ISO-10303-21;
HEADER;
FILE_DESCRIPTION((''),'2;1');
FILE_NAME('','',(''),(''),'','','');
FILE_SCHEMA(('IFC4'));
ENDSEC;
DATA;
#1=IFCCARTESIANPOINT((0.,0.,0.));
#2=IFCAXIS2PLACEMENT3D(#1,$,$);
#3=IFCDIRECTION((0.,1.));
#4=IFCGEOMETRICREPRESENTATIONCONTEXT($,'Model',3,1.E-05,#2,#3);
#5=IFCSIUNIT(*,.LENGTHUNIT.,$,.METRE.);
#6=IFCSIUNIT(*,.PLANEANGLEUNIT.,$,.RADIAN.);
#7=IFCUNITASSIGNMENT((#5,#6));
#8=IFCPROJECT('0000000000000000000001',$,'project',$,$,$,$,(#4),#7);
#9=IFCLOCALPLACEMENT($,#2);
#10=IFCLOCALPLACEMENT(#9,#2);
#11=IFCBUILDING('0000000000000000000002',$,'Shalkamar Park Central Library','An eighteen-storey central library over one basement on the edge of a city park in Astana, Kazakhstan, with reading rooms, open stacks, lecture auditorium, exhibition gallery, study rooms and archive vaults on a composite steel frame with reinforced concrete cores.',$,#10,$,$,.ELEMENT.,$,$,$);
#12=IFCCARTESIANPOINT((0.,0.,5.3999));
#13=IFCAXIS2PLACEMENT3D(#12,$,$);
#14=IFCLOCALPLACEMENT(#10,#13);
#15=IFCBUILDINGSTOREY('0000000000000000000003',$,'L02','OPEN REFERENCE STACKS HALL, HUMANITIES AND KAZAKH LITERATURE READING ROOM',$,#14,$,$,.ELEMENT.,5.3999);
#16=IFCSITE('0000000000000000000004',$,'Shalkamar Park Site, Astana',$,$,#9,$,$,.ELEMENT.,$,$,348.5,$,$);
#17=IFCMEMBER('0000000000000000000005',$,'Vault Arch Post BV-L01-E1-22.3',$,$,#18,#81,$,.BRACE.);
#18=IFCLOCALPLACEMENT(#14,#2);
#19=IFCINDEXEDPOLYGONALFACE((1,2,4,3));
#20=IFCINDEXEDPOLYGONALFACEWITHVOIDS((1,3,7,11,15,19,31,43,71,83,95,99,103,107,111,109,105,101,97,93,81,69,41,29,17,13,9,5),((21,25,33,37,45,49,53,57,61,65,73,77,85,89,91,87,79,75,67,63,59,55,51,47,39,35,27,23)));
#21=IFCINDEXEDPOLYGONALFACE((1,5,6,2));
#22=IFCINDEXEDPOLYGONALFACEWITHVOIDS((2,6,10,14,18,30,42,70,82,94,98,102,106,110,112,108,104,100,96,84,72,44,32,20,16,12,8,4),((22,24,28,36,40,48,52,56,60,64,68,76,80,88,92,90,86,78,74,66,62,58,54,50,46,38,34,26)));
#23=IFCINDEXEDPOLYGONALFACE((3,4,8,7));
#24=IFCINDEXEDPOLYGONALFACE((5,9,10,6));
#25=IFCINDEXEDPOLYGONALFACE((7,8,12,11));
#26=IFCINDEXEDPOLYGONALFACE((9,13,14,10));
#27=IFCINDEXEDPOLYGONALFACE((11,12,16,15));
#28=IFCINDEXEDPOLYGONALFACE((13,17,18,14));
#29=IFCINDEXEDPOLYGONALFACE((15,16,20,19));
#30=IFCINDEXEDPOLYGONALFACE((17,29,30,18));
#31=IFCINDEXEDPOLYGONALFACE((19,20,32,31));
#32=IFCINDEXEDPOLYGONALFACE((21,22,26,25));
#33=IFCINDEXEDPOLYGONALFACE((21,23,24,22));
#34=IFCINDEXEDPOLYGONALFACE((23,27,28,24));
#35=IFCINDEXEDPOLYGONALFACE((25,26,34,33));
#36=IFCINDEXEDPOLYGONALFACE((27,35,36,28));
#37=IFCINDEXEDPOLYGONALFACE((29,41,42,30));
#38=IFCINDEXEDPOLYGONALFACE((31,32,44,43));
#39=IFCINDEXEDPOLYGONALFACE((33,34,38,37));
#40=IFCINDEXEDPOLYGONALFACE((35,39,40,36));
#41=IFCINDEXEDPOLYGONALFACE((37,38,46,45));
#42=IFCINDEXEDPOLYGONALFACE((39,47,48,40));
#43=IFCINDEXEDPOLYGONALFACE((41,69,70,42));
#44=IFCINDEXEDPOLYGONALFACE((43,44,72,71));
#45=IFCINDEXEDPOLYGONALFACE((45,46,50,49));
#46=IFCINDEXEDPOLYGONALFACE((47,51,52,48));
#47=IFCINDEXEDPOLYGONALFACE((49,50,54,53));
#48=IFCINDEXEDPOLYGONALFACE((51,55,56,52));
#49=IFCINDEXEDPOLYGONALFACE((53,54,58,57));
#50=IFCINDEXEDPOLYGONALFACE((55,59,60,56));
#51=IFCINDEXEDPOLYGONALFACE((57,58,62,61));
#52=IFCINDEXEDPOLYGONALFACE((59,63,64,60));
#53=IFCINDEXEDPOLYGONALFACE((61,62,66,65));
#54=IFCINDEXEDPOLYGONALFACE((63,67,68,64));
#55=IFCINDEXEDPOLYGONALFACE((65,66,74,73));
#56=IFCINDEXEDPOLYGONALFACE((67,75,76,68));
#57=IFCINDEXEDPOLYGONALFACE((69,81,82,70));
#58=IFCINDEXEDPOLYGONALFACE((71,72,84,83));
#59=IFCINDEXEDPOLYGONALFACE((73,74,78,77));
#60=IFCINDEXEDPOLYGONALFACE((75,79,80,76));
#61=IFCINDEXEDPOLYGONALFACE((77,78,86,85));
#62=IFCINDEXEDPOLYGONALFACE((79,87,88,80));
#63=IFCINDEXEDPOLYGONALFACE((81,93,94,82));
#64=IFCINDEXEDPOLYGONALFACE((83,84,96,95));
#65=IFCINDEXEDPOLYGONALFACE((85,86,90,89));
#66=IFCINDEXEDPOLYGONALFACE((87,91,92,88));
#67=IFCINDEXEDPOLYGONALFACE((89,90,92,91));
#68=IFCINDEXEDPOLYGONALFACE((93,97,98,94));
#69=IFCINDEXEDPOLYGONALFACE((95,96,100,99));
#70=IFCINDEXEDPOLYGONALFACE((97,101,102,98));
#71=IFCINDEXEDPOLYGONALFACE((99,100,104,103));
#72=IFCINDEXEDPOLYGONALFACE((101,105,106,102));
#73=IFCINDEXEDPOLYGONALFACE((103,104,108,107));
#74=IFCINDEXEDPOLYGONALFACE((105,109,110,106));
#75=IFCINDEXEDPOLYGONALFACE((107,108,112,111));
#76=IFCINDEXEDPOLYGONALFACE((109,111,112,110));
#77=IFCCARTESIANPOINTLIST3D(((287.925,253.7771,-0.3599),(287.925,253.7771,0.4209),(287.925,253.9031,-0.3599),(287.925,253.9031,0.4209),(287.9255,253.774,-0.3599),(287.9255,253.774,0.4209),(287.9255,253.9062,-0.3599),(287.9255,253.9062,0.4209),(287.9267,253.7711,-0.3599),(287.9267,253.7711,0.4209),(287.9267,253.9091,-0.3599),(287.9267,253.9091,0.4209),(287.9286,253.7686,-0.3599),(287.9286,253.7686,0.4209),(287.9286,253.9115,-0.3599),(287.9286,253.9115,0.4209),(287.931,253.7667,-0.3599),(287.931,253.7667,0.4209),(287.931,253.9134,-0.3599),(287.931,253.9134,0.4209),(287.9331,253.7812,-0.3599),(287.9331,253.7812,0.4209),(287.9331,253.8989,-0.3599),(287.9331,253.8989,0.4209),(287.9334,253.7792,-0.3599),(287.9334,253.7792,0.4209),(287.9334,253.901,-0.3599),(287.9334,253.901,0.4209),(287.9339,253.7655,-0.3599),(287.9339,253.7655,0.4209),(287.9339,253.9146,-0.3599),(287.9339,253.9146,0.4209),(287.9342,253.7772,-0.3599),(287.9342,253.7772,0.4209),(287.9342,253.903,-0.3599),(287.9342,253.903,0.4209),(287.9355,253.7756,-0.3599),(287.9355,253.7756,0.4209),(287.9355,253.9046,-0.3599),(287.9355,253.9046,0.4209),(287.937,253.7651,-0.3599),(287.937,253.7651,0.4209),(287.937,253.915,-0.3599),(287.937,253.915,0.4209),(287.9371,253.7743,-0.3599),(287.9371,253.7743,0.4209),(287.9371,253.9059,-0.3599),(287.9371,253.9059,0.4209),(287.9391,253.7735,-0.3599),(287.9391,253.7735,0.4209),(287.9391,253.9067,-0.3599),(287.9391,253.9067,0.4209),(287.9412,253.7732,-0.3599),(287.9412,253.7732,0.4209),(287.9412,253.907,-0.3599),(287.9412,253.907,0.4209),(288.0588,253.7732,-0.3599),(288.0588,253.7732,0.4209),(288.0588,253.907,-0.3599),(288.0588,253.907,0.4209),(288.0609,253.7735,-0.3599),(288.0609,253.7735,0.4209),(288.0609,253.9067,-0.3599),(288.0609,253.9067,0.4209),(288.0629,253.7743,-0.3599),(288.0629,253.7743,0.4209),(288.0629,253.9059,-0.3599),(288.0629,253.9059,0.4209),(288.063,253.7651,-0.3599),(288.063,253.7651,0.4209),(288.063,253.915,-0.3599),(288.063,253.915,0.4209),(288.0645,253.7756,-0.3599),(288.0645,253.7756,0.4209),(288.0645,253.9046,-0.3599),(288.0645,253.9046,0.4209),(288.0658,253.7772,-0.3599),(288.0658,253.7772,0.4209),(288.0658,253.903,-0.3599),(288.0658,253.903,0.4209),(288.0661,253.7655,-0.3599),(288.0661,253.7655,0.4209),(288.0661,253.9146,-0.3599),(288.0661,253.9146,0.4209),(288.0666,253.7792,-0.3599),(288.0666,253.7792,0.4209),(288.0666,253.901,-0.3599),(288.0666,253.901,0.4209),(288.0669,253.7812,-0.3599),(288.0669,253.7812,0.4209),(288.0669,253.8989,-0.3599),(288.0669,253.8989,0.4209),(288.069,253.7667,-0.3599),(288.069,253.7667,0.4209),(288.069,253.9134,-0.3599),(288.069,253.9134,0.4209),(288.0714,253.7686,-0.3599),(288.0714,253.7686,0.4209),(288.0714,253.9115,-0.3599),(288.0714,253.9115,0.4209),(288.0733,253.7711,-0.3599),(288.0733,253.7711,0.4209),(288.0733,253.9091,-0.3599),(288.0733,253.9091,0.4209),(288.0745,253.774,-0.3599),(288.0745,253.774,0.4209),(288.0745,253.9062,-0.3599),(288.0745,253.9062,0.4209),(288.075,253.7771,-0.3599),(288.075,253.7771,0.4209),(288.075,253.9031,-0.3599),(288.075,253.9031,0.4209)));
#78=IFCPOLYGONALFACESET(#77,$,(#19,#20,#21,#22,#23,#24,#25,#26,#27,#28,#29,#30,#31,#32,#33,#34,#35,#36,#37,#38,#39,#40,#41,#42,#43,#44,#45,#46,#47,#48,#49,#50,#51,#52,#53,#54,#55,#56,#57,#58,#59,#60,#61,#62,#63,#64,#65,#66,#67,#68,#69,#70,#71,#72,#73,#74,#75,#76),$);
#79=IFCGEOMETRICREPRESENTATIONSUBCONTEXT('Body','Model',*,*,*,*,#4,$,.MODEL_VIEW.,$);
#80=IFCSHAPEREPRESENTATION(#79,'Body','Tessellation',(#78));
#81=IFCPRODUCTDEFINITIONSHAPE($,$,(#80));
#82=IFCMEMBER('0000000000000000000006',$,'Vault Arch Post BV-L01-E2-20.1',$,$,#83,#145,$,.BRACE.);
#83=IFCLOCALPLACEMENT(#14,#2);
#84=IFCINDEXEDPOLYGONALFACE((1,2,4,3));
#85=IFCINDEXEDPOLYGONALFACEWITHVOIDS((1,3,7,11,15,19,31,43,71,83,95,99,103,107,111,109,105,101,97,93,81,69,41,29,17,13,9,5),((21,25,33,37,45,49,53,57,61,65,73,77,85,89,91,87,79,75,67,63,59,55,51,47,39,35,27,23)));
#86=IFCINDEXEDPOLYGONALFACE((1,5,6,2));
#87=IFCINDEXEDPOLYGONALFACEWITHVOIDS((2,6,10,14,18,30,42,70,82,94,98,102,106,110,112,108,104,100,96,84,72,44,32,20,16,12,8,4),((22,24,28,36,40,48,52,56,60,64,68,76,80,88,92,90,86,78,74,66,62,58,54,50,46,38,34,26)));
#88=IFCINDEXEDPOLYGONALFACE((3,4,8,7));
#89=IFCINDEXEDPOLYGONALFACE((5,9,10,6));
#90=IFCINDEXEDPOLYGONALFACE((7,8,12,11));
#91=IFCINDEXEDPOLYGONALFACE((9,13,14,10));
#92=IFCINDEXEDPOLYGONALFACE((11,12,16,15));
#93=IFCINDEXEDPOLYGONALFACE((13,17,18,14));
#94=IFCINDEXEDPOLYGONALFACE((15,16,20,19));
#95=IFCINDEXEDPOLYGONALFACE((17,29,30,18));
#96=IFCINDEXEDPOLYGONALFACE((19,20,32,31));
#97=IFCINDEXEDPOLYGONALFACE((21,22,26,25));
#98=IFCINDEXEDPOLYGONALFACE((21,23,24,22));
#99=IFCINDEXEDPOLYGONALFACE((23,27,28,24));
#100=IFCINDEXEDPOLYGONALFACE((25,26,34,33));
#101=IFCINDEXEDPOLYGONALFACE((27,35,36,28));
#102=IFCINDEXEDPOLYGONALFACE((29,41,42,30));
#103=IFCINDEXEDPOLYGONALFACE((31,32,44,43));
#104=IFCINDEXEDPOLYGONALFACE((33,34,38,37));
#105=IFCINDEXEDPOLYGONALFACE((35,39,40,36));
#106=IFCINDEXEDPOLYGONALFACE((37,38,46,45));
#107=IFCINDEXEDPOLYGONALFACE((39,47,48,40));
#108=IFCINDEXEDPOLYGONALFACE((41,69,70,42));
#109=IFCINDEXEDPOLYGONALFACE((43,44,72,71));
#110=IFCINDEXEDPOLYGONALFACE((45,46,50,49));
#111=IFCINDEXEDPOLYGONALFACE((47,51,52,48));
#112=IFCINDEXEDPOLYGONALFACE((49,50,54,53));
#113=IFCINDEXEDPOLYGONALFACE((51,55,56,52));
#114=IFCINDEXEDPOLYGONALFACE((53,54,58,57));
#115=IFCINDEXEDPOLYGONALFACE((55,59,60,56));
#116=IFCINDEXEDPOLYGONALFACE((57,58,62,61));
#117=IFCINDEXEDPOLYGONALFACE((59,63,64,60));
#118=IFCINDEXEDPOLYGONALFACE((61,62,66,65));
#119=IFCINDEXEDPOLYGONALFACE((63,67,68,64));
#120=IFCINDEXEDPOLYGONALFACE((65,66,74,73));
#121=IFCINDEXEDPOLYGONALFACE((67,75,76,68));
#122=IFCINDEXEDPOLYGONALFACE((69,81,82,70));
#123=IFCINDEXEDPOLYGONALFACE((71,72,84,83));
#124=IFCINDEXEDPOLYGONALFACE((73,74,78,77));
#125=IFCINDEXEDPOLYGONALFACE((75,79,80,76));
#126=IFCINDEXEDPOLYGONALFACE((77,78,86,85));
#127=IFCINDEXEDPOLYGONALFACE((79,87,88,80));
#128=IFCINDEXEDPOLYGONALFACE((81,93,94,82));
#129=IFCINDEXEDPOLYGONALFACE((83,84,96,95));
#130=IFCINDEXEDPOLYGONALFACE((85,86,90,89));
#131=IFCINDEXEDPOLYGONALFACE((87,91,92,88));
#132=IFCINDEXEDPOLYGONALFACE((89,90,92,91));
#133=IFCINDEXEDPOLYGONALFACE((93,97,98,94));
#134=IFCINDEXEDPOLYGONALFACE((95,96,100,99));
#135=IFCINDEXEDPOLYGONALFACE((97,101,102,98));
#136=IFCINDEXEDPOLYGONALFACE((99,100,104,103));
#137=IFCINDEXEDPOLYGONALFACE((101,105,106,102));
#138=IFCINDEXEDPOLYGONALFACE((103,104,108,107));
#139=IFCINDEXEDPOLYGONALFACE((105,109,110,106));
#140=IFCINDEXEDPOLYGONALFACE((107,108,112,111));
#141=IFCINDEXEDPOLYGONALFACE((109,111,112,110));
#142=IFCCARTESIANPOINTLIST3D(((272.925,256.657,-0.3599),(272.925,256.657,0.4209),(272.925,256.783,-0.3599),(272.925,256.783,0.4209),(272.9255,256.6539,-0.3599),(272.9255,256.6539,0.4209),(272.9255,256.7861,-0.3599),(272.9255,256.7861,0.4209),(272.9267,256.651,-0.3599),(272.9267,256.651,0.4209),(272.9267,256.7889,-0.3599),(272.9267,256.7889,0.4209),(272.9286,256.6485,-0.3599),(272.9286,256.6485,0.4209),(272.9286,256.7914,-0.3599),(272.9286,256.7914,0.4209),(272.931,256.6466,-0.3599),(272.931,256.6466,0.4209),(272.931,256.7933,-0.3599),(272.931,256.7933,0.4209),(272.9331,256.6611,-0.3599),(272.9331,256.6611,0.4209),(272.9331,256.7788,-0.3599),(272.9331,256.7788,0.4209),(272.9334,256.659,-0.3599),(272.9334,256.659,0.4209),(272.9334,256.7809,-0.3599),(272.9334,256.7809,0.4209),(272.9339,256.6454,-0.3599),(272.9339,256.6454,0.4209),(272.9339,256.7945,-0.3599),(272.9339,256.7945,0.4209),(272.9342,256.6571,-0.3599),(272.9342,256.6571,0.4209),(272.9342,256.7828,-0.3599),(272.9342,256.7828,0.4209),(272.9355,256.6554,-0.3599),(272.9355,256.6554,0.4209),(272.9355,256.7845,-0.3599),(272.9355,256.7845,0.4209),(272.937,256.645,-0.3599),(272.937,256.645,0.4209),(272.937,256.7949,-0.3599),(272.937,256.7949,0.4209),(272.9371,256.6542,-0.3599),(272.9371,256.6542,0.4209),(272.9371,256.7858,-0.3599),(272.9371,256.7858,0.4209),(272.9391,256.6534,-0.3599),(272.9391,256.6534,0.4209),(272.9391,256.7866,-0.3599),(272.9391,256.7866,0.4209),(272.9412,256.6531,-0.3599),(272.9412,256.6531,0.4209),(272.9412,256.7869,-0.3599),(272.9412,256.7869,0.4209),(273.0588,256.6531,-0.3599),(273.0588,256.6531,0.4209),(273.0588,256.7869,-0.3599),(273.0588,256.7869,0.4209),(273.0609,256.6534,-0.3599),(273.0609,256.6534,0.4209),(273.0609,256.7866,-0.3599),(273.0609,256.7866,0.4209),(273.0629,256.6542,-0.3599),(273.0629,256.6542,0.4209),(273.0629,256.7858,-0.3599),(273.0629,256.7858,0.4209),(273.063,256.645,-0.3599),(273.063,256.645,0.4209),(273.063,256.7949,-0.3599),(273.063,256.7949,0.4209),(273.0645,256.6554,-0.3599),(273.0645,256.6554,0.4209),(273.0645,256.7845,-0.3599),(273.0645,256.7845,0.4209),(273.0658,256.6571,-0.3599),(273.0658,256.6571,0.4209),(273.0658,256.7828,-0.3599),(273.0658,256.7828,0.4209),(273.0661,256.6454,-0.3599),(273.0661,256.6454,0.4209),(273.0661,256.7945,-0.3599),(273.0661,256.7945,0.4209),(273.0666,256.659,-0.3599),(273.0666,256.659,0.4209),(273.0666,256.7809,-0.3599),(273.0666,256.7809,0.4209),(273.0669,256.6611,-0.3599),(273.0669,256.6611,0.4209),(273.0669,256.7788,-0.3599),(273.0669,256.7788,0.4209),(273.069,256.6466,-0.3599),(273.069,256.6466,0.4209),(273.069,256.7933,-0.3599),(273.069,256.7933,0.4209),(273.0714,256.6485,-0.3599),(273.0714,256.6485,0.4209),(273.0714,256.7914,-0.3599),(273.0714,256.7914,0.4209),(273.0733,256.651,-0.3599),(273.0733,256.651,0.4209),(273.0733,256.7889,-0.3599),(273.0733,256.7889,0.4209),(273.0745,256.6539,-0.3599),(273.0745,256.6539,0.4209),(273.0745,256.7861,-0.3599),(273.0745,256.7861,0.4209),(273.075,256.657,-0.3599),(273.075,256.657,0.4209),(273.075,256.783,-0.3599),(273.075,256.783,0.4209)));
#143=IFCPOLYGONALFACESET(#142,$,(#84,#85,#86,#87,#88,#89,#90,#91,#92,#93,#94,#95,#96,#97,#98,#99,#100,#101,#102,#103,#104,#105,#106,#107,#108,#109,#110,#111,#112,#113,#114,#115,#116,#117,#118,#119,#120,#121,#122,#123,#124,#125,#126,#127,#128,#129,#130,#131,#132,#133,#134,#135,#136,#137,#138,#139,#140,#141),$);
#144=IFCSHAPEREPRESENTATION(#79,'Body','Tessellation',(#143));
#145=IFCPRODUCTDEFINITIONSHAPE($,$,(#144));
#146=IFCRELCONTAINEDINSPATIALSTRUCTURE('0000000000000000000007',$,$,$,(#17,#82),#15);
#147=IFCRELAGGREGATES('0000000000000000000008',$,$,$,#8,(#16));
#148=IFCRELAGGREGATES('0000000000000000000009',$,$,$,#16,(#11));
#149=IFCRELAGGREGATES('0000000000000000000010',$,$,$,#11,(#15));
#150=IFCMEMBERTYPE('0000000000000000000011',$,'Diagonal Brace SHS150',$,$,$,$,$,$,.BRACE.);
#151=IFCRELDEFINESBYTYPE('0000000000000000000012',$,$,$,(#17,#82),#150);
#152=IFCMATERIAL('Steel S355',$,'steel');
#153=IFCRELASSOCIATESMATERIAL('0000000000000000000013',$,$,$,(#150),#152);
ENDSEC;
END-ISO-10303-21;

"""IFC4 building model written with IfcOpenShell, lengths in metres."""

from ifc_helpers import new_model, si_unit, direction, frame, origin, origin_2d, place, context, subcontext, project, spatial, hollow_rectangle, extrude, material, material_profile, profile_set, type_object, element, save


model = new_model("IFC4")

# Units and contexts
model_context = context("Model", 3, precision=1e-05, world=origin(), true_north=direction((0.0, 1.0)))
body_context = subcontext(model_context, "Body", "Model", "MODEL_VIEW")
ifc_project = project(units=[si_unit("LENGTHUNIT", "METRE"), si_unit("PLANEANGLEUNIT", "RADIAN")], contexts=[model_context])

# Site, building, storey
site_placement = place(None, origin())
site = spatial("IfcSite", under=ifc_project, at=site_placement, Name="Shalkamar Park Site, Astana", CompositionType="ELEMENT", RefElevation=348.5)
building_placement = place(site_placement, origin())
building = spatial("IfcBuilding", under=site, at=building_placement, Name="Shalkamar Park Central Library", Description="An eighteen-storey central library over one basement on the edge of a city park in Astana, Kazakhstan, with reading rooms, open stacks, lecture auditorium, exhibition gallery, study rooms and archive vaults on a composite steel frame with reinforced concrete cores.", CompositionType="ELEMENT")
storey_placement = place(building_placement, frame((0.0, 0.0, 5.3999)))
storey = spatial("IfcBuildingStorey", under=building, at=storey_placement, Name="L02", Description="OPEN REFERENCE STACKS HALL, HUMANITIES AND KAZAKH LITERATURE READING ROOM", CompositionType="ELEMENT", Elevation=5.3999)

# Shared definitions
ifc_material_1 = material(Name="Steel S355", Category="steel")

# Members
ifc_material_profile_1 = material_profile(ifc_material_1, hollow_rectangle(XDim=0.1499, YDim=0.1499, WallThickness=0.0081, InnerFilletRadius=0.0081, OuterFilletRadius=0.012, at=origin_2d()), Name="SHS 150x150x8")
ifc_profile_set_1 = profile_set([ifc_material_profile_1], Name="Steel S355")
member_type_1 = type_object("IfcMemberType", Name="Diagonal Brace SHS150", PredefinedType="BRACE", material=ifc_profile_set_1)
for number, where, z_axis, x_axis, name in (
    (1, (288.0, 253.8401, -0.3599), (0.0, 0.0, 1.0), (1.0, 0.0, 0.0), "Vault Arch Post BV-L01-E1-22.3"),
    (2, (273.0, 256.72, -0.3599), (0.0, 0.0, 1.0), (1.0, 0.0, 0.0), "Vault Arch Post BV-L01-E2-20.1"),
):
    element("IfcMember", number, at=place(storey_placement, frame(where, z_axis=z_axis, x_axis=x_axis)), inside=storey, type_object=member_type_1, Name=name, PredefinedType="BRACE", context=body_context, shape_type="SweptSolid", body=[
        extrude(hollow_rectangle(XDim=0.1499, YDim=0.1499, WallThickness=0.0081, InnerFilletRadius=0.0081, OuterFilletRadius=0.012, at=origin_2d()), origin(), (0.0, 0.0, 1.0), 0.7808),
    ])

save(model, "model.ifc")
